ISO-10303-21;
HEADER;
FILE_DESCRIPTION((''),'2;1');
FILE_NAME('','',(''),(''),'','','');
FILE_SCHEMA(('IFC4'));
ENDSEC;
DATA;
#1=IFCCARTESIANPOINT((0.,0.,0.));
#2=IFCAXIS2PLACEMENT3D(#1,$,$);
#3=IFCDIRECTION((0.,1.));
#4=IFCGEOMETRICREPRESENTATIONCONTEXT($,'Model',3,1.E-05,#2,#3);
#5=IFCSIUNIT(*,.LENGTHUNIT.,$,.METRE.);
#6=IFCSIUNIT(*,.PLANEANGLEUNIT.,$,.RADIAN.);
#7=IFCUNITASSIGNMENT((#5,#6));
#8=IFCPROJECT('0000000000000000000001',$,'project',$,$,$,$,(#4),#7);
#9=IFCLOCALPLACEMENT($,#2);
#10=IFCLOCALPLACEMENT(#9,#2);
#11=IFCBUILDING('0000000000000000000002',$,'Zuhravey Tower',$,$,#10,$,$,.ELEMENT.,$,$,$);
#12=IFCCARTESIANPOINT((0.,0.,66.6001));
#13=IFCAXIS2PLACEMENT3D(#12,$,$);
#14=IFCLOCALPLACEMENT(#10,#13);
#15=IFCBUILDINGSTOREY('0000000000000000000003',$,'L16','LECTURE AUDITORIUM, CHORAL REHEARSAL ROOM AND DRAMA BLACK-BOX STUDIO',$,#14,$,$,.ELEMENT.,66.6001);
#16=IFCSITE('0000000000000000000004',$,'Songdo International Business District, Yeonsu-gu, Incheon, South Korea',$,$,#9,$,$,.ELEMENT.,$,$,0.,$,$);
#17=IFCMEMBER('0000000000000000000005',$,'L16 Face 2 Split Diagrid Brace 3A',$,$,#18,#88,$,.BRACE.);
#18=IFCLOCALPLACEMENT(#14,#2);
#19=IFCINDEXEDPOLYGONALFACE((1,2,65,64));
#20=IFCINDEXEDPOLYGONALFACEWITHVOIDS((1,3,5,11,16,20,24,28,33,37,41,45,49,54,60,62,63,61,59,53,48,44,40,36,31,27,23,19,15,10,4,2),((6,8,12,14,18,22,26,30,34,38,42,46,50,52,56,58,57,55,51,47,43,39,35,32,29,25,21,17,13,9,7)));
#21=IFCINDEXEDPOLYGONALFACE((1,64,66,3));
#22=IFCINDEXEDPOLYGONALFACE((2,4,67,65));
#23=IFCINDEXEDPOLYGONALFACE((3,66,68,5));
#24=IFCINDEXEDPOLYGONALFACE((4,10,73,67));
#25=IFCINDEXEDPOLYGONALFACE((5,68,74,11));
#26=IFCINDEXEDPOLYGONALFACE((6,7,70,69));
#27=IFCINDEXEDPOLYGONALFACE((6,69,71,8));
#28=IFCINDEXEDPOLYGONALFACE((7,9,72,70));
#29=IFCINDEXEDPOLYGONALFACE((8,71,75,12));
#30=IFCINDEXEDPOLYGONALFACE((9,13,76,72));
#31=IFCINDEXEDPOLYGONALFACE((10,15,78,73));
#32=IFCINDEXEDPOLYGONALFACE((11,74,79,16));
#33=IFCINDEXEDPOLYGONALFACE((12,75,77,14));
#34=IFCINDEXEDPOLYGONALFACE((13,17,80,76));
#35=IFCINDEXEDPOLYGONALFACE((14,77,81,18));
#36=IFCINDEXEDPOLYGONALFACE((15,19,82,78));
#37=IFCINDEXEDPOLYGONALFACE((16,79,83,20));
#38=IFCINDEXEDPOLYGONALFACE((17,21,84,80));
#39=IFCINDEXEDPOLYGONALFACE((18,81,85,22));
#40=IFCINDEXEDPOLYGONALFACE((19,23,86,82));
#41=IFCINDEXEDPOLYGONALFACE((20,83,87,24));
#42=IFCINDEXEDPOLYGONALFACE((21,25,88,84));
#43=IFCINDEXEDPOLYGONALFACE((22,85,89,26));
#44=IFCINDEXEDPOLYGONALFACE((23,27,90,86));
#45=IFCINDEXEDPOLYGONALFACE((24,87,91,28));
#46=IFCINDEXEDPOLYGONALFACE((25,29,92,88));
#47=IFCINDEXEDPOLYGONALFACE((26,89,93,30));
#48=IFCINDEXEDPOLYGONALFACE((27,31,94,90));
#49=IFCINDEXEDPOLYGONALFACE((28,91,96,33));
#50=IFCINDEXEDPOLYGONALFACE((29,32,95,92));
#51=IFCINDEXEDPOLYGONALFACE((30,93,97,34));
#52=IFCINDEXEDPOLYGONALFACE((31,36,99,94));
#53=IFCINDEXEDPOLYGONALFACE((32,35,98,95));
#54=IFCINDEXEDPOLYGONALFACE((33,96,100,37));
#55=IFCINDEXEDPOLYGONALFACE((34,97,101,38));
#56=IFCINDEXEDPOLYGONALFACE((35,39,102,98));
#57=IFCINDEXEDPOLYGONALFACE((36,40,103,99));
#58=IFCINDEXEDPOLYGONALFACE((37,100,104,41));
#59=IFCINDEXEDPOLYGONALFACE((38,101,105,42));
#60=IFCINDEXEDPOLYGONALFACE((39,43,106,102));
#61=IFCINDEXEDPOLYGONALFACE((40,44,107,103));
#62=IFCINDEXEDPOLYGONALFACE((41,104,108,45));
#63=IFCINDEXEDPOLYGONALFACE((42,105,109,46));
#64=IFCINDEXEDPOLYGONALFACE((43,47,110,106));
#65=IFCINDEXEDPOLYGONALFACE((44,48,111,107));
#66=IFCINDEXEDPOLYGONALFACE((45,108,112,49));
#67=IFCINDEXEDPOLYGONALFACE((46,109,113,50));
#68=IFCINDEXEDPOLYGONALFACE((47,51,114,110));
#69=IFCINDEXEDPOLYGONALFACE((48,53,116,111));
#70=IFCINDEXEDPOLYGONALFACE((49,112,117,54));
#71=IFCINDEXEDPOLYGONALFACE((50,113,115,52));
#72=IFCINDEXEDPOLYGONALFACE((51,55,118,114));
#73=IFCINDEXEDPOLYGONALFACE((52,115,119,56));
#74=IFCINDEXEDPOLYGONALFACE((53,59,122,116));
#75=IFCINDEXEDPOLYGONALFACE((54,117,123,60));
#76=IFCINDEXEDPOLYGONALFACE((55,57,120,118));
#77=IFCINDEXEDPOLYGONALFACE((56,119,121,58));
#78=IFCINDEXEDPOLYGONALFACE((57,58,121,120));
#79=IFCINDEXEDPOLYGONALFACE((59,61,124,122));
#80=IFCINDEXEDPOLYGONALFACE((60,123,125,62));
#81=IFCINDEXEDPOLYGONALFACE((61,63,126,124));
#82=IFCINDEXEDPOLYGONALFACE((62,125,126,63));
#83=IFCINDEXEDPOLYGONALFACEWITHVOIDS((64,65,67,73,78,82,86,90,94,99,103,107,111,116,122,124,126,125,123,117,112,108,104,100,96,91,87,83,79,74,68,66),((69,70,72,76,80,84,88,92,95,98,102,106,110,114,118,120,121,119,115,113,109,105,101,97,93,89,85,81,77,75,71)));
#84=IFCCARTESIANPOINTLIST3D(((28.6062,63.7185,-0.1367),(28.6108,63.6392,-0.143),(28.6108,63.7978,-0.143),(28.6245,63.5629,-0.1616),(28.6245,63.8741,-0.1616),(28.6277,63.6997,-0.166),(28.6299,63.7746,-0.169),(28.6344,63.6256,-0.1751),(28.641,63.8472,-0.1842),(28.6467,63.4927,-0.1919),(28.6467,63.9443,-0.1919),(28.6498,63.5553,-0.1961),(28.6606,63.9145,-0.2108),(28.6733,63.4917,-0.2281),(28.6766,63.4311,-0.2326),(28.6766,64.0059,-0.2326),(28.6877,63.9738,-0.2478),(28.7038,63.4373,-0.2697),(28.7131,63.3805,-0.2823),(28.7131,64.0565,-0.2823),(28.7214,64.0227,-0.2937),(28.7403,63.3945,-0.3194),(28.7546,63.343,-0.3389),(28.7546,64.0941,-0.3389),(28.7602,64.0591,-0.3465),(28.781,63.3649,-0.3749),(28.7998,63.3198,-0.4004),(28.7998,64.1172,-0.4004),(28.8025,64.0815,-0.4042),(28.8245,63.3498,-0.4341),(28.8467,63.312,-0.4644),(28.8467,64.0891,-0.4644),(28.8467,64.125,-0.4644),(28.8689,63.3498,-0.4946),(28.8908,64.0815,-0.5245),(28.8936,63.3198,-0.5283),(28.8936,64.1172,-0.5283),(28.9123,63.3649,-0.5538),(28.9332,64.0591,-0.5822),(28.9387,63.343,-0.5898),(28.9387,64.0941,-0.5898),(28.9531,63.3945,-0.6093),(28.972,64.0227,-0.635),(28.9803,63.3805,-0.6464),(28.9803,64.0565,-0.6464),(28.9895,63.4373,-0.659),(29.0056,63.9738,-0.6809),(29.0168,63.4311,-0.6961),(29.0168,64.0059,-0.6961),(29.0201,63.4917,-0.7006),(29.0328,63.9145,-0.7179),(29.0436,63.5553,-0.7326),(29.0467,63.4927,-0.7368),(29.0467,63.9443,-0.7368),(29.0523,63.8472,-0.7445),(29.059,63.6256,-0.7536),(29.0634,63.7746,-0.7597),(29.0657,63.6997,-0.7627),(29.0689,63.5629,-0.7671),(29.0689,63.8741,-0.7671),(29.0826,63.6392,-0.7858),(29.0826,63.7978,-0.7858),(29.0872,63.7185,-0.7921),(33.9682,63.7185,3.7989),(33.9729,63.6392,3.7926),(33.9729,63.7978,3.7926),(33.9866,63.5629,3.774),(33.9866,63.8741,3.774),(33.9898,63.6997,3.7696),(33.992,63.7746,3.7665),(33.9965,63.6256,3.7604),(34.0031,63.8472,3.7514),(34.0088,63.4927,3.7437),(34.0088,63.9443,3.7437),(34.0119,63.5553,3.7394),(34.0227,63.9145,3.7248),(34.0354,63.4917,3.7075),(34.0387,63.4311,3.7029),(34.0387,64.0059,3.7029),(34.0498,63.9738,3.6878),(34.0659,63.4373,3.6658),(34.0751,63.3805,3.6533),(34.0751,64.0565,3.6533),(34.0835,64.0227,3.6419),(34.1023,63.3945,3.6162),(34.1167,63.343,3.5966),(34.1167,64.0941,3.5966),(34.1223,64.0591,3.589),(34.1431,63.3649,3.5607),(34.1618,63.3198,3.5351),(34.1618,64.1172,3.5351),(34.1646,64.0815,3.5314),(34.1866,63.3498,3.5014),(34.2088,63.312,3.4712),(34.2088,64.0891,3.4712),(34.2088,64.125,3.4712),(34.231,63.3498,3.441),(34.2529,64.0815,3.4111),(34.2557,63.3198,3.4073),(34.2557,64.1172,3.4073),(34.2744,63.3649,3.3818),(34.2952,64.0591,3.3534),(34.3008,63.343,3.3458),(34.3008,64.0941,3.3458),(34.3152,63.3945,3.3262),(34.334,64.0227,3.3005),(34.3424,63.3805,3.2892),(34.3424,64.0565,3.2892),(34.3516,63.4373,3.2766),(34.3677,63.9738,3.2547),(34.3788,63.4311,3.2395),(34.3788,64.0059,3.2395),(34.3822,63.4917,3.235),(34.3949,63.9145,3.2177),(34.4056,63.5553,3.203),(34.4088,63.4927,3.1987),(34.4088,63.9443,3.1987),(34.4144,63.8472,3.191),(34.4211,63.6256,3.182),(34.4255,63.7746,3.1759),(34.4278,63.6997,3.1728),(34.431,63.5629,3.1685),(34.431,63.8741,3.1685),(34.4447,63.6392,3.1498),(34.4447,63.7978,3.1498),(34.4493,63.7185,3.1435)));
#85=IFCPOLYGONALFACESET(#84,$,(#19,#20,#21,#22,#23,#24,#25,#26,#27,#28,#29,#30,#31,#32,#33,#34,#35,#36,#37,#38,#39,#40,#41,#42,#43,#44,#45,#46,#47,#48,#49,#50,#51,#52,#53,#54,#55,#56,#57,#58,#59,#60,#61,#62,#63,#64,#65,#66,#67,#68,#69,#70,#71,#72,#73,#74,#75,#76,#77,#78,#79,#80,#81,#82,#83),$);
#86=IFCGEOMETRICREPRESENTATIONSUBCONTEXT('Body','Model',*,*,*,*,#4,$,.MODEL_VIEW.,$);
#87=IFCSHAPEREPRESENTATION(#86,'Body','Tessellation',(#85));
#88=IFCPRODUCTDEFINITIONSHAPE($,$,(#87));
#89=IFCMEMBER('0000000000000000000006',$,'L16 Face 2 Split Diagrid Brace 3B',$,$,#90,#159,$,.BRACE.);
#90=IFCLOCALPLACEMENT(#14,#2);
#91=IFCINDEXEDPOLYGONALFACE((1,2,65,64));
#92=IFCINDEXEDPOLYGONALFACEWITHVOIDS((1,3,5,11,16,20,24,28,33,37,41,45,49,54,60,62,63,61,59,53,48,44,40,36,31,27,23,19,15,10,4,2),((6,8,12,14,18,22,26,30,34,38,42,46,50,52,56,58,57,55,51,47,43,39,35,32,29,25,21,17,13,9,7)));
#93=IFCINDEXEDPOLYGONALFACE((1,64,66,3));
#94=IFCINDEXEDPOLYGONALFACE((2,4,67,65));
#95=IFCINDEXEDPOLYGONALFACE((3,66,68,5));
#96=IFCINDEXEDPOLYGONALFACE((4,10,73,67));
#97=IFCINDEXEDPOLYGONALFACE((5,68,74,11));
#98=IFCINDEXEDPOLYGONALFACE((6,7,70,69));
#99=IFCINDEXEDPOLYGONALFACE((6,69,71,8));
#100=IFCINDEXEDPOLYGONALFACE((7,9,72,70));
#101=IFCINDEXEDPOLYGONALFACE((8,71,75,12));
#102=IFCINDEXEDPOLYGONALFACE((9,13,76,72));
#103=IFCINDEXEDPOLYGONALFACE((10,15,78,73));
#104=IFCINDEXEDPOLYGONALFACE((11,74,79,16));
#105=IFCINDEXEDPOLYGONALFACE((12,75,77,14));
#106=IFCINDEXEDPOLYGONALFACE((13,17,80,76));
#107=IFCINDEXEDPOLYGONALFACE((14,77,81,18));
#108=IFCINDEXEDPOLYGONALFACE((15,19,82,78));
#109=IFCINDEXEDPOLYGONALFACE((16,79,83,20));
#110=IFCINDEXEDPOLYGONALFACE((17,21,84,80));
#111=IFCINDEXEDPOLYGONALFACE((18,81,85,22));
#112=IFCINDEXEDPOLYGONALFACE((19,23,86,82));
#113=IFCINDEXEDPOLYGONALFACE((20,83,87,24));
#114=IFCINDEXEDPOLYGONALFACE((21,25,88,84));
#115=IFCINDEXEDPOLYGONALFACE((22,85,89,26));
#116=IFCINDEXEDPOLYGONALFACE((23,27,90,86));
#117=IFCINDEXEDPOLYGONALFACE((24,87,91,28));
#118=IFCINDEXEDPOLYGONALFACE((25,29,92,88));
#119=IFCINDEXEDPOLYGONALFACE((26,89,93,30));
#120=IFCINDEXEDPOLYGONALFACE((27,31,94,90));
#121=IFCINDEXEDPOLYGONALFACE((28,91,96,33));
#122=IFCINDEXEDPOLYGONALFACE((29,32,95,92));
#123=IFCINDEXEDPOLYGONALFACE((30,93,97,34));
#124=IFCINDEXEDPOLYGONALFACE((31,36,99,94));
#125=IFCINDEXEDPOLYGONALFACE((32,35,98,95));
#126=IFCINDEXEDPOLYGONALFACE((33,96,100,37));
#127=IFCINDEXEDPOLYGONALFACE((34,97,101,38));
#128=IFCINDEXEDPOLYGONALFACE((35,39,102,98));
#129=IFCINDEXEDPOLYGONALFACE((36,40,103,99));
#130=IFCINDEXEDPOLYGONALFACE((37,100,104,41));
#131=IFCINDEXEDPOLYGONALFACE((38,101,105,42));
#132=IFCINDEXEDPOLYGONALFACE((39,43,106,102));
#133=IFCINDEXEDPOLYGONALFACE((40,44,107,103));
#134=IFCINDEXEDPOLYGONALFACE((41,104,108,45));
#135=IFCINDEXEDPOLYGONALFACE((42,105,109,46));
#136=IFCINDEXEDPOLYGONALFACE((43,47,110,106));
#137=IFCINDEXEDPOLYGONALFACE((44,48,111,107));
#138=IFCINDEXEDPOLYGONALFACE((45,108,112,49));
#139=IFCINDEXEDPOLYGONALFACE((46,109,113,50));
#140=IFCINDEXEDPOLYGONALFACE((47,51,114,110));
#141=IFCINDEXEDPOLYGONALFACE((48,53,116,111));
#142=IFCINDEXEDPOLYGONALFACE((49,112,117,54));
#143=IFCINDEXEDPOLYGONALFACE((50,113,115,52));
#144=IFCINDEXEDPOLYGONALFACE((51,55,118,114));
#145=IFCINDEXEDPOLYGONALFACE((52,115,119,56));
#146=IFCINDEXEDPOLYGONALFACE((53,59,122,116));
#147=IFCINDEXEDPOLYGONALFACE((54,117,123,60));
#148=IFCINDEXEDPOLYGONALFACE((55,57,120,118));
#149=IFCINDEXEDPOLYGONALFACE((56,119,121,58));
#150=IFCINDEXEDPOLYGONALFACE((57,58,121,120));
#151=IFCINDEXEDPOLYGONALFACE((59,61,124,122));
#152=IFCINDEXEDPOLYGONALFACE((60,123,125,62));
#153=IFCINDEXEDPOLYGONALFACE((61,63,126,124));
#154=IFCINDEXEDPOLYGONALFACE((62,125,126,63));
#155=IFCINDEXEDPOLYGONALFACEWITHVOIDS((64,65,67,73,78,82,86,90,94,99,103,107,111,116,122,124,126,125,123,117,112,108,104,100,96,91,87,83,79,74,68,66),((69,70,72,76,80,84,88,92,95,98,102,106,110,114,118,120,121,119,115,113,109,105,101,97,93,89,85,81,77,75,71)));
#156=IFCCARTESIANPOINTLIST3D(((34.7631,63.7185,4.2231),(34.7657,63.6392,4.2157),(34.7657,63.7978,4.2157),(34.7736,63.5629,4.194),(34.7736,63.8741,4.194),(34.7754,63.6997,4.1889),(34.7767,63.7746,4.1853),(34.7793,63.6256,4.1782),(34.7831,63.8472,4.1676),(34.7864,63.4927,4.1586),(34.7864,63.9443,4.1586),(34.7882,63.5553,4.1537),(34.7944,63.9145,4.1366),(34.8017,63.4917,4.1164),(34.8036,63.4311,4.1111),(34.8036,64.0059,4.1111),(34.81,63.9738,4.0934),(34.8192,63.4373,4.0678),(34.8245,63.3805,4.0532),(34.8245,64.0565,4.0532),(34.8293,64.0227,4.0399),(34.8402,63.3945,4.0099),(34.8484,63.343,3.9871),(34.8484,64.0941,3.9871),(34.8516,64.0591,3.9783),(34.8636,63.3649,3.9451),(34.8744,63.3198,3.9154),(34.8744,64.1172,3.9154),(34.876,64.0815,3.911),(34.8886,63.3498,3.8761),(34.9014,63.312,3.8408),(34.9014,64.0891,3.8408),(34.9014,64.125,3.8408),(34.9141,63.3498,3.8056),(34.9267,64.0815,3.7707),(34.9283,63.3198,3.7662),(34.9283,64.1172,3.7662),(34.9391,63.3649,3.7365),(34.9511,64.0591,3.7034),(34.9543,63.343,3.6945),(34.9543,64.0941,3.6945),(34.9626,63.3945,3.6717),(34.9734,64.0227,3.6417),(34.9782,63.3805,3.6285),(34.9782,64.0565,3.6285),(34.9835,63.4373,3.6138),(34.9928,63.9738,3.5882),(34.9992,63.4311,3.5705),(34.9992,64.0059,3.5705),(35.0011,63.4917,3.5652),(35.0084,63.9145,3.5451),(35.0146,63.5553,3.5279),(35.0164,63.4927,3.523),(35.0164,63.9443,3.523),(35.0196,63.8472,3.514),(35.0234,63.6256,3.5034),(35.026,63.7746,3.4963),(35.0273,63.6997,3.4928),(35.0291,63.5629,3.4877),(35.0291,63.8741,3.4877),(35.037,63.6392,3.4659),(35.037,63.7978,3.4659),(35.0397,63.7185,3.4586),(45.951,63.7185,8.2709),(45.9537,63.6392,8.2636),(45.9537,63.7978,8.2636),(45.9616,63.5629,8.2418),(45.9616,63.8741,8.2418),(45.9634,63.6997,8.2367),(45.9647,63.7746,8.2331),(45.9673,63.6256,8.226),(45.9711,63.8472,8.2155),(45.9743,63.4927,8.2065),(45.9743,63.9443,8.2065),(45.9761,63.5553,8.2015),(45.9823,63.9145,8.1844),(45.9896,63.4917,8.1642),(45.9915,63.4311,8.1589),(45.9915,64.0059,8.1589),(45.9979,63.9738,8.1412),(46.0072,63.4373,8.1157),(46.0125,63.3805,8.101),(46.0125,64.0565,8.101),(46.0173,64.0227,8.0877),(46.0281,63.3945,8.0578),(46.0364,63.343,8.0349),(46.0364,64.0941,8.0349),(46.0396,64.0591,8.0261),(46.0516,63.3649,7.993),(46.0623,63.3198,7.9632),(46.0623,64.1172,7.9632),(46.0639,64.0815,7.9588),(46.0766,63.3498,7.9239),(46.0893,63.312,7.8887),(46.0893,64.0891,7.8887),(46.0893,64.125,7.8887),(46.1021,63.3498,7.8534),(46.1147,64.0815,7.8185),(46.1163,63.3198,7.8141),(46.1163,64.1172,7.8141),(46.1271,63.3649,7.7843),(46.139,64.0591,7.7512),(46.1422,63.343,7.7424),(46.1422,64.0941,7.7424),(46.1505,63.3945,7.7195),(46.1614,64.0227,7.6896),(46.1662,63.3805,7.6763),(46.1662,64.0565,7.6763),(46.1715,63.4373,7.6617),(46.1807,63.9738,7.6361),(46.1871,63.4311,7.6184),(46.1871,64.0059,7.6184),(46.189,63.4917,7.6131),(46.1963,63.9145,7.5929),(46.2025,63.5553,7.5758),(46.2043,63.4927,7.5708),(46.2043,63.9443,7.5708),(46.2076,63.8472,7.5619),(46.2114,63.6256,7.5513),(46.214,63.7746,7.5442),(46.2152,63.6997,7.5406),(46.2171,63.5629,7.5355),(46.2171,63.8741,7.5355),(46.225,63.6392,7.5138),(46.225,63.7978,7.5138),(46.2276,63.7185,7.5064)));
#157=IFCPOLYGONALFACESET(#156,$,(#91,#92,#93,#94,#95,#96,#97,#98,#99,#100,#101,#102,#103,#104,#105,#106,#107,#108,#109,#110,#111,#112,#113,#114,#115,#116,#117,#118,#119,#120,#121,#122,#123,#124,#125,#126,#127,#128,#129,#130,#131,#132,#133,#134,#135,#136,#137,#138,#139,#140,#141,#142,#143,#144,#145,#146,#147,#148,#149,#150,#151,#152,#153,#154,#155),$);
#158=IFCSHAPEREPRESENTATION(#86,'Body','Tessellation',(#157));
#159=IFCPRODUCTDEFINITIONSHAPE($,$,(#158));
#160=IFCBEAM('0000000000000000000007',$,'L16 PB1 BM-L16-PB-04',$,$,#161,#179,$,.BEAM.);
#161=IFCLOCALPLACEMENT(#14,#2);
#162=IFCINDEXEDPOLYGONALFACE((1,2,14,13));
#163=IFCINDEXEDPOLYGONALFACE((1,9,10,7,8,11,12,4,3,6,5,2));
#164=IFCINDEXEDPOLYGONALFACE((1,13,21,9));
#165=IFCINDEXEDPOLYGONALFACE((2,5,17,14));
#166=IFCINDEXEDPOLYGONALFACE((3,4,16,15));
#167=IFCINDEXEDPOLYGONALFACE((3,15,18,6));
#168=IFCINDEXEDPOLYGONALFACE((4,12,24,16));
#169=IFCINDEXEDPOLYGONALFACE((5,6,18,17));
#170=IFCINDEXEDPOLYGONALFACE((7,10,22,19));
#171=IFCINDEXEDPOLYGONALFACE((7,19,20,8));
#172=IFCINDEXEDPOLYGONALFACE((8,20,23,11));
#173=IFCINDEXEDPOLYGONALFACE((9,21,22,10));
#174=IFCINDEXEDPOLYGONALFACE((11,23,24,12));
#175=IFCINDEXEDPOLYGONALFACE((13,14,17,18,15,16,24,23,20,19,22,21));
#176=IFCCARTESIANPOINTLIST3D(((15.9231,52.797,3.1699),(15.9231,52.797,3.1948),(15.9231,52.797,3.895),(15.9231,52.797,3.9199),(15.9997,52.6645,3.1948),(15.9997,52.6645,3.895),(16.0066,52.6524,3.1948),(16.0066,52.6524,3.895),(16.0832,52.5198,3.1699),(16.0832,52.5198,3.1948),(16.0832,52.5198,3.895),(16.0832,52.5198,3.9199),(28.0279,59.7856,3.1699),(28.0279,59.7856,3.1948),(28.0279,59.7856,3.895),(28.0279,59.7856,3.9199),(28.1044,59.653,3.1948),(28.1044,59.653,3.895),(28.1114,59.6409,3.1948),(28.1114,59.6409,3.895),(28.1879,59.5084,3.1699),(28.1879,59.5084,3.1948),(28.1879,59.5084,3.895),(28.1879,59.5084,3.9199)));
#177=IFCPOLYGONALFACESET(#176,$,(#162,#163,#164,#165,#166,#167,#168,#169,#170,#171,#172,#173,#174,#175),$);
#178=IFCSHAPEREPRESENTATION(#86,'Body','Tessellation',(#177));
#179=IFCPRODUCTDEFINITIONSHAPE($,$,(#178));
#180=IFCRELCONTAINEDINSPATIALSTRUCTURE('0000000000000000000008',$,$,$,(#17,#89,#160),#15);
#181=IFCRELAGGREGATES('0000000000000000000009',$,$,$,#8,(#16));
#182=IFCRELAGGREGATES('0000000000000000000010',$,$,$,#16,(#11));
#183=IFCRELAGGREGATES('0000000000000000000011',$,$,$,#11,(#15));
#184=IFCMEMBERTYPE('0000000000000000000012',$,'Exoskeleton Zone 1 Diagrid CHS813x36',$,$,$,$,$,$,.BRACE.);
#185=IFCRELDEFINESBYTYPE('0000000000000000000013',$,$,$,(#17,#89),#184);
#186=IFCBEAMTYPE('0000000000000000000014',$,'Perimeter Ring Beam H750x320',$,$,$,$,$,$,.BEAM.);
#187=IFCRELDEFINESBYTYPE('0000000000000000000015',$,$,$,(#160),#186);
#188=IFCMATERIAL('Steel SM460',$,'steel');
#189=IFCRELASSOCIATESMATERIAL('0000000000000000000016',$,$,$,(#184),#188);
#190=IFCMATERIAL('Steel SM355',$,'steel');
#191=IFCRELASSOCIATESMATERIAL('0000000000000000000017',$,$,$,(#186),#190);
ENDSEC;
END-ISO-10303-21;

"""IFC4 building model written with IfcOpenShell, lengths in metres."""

from ifc_helpers import new_model, si_unit, direction, frame, origin, origin_2d, place, context, subcontext, project, spatial, hollow_circle, i_section, extrude, material, material_profile, profile_set, type_object, element, save


model = new_model("IFC4")

# Units and contexts
model_context = context("Model", 3, precision=1e-05, world=origin(), true_north=direction((0.0, 1.0)))
body_context = subcontext(model_context, "Body", "Model", "MODEL_VIEW")
ifc_project = project(units=[si_unit("LENGTHUNIT", "METRE"), si_unit("PLANEANGLEUNIT", "RADIAN")], contexts=[model_context])

# Site, building, storey
site_placement = place(None, origin())
site = spatial("IfcSite", under=ifc_project, at=site_placement, Name="Songdo International Business District, Yeonsu-gu, Incheon, South Korea", CompositionType="ELEMENT", RefElevation=0.0)
building_placement = place(site_placement, origin())
building = spatial("IfcBuilding", under=site, at=building_placement, Name="Zuhravey Tower", CompositionType="ELEMENT")
storey_placement = place(building_placement, frame((0.0, 0.0, 66.6001)))
storey = spatial("IfcBuildingStorey", under=building, at=storey_placement, Name="L16", Description="LECTURE AUDITORIUM, CHORAL REHEARSAL ROOM AND DRAMA BLACK-BOX STUDIO", CompositionType="ELEMENT", Elevation=66.6001)

# Members
ifc_material_1 = material(Name="Steel SM460", Category="steel")
ifc_material_profile_1 = material_profile(ifc_material_1, hollow_circle(Radius=0.4065, WallThickness=0.0359, at=origin_2d()), Name="CHS-812.8x36")
ifc_profile_set_1 = profile_set([ifc_material_profile_1], Name="Steel SM460")
member_type_1 = type_object("IfcMemberType", Name="Exoskeleton Zone 1 Diagrid CHS813x36", PredefinedType="BRACE", material=ifc_profile_set_1)
member_1_placement = place(storey_placement, frame((28.8467, 63.7185, -0.4644), z_axis=(0.806163, 0.0, 0.591693), x_axis=(0.0, 1.0, 0.0)))
element("IfcMember", 1, at=member_1_placement, inside=storey, type_object=member_type_1, Name="L16 Face 2 Split Diagrid Brace 3A", PredefinedType="BRACE", context=body_context, shape_type="SweptSolid", body=[
    extrude(hollow_circle(Radius=0.4065, WallThickness=0.0359, at=origin_2d()), origin(), (0.0, 0.0, 1.0), 6.6514),
])
member_2_placement = place(storey_placement, frame((34.9014, 63.7185, 3.8408), z_axis=(0.940346, 0.0, 0.34022), x_axis=(0.0, 1.0, 0.0)))
element("IfcMember", 2, at=member_2_placement, inside=storey, type_object=member_type_1, Name="L16 Face 2 Split Diagrid Brace 3B", PredefinedType="BRACE", context=body_context, shape_type="SweptSolid", body=[
    extrude(hollow_circle(Radius=0.4065, WallThickness=0.0359, at=origin_2d()), origin(), (0.0, 0.0, 1.0), 11.8977),
])

# Beam
ifc_material_2 = material(Name="Steel SM355", Category="steel")
ifc_material_profile_2 = material_profile(ifc_material_2, i_section(OverallWidth=0.3201, OverallDepth=0.75, WebThickness=0.0139, FlangeThickness=0.0249, at=origin_2d()), Name="H-750x320x14x25")
ifc_profile_set_2 = profile_set([ifc_material_profile_2], Name="Steel SM355")
beam_type_1 = type_object("IfcBeamType", Name="Perimeter Ring Beam H750x320", PredefinedType="BEAM", material=ifc_profile_set_2)
beam_1_placement = place(storey_placement, frame((28.1079, 59.647, 3.5449), z_axis=(-0.86603, -0.499992, 0.0), x_axis=(0.499992, -0.86603, 0.0)))
element("IfcBeam", 3, at=beam_1_placement, inside=storey, type_object=beam_type_1, Name="L16 PB1 BM-L16-PB-04", PredefinedType="BEAM", context=body_context, shape_type="SweptSolid", body=[
    extrude(i_section(OverallWidth=0.3201, OverallDepth=0.75, WebThickness=0.0139, FlangeThickness=0.0249, at=origin_2d()), origin(), (0.0, 0.0, 1.0), 13.9773),
])

save(model, "model.ifc")
